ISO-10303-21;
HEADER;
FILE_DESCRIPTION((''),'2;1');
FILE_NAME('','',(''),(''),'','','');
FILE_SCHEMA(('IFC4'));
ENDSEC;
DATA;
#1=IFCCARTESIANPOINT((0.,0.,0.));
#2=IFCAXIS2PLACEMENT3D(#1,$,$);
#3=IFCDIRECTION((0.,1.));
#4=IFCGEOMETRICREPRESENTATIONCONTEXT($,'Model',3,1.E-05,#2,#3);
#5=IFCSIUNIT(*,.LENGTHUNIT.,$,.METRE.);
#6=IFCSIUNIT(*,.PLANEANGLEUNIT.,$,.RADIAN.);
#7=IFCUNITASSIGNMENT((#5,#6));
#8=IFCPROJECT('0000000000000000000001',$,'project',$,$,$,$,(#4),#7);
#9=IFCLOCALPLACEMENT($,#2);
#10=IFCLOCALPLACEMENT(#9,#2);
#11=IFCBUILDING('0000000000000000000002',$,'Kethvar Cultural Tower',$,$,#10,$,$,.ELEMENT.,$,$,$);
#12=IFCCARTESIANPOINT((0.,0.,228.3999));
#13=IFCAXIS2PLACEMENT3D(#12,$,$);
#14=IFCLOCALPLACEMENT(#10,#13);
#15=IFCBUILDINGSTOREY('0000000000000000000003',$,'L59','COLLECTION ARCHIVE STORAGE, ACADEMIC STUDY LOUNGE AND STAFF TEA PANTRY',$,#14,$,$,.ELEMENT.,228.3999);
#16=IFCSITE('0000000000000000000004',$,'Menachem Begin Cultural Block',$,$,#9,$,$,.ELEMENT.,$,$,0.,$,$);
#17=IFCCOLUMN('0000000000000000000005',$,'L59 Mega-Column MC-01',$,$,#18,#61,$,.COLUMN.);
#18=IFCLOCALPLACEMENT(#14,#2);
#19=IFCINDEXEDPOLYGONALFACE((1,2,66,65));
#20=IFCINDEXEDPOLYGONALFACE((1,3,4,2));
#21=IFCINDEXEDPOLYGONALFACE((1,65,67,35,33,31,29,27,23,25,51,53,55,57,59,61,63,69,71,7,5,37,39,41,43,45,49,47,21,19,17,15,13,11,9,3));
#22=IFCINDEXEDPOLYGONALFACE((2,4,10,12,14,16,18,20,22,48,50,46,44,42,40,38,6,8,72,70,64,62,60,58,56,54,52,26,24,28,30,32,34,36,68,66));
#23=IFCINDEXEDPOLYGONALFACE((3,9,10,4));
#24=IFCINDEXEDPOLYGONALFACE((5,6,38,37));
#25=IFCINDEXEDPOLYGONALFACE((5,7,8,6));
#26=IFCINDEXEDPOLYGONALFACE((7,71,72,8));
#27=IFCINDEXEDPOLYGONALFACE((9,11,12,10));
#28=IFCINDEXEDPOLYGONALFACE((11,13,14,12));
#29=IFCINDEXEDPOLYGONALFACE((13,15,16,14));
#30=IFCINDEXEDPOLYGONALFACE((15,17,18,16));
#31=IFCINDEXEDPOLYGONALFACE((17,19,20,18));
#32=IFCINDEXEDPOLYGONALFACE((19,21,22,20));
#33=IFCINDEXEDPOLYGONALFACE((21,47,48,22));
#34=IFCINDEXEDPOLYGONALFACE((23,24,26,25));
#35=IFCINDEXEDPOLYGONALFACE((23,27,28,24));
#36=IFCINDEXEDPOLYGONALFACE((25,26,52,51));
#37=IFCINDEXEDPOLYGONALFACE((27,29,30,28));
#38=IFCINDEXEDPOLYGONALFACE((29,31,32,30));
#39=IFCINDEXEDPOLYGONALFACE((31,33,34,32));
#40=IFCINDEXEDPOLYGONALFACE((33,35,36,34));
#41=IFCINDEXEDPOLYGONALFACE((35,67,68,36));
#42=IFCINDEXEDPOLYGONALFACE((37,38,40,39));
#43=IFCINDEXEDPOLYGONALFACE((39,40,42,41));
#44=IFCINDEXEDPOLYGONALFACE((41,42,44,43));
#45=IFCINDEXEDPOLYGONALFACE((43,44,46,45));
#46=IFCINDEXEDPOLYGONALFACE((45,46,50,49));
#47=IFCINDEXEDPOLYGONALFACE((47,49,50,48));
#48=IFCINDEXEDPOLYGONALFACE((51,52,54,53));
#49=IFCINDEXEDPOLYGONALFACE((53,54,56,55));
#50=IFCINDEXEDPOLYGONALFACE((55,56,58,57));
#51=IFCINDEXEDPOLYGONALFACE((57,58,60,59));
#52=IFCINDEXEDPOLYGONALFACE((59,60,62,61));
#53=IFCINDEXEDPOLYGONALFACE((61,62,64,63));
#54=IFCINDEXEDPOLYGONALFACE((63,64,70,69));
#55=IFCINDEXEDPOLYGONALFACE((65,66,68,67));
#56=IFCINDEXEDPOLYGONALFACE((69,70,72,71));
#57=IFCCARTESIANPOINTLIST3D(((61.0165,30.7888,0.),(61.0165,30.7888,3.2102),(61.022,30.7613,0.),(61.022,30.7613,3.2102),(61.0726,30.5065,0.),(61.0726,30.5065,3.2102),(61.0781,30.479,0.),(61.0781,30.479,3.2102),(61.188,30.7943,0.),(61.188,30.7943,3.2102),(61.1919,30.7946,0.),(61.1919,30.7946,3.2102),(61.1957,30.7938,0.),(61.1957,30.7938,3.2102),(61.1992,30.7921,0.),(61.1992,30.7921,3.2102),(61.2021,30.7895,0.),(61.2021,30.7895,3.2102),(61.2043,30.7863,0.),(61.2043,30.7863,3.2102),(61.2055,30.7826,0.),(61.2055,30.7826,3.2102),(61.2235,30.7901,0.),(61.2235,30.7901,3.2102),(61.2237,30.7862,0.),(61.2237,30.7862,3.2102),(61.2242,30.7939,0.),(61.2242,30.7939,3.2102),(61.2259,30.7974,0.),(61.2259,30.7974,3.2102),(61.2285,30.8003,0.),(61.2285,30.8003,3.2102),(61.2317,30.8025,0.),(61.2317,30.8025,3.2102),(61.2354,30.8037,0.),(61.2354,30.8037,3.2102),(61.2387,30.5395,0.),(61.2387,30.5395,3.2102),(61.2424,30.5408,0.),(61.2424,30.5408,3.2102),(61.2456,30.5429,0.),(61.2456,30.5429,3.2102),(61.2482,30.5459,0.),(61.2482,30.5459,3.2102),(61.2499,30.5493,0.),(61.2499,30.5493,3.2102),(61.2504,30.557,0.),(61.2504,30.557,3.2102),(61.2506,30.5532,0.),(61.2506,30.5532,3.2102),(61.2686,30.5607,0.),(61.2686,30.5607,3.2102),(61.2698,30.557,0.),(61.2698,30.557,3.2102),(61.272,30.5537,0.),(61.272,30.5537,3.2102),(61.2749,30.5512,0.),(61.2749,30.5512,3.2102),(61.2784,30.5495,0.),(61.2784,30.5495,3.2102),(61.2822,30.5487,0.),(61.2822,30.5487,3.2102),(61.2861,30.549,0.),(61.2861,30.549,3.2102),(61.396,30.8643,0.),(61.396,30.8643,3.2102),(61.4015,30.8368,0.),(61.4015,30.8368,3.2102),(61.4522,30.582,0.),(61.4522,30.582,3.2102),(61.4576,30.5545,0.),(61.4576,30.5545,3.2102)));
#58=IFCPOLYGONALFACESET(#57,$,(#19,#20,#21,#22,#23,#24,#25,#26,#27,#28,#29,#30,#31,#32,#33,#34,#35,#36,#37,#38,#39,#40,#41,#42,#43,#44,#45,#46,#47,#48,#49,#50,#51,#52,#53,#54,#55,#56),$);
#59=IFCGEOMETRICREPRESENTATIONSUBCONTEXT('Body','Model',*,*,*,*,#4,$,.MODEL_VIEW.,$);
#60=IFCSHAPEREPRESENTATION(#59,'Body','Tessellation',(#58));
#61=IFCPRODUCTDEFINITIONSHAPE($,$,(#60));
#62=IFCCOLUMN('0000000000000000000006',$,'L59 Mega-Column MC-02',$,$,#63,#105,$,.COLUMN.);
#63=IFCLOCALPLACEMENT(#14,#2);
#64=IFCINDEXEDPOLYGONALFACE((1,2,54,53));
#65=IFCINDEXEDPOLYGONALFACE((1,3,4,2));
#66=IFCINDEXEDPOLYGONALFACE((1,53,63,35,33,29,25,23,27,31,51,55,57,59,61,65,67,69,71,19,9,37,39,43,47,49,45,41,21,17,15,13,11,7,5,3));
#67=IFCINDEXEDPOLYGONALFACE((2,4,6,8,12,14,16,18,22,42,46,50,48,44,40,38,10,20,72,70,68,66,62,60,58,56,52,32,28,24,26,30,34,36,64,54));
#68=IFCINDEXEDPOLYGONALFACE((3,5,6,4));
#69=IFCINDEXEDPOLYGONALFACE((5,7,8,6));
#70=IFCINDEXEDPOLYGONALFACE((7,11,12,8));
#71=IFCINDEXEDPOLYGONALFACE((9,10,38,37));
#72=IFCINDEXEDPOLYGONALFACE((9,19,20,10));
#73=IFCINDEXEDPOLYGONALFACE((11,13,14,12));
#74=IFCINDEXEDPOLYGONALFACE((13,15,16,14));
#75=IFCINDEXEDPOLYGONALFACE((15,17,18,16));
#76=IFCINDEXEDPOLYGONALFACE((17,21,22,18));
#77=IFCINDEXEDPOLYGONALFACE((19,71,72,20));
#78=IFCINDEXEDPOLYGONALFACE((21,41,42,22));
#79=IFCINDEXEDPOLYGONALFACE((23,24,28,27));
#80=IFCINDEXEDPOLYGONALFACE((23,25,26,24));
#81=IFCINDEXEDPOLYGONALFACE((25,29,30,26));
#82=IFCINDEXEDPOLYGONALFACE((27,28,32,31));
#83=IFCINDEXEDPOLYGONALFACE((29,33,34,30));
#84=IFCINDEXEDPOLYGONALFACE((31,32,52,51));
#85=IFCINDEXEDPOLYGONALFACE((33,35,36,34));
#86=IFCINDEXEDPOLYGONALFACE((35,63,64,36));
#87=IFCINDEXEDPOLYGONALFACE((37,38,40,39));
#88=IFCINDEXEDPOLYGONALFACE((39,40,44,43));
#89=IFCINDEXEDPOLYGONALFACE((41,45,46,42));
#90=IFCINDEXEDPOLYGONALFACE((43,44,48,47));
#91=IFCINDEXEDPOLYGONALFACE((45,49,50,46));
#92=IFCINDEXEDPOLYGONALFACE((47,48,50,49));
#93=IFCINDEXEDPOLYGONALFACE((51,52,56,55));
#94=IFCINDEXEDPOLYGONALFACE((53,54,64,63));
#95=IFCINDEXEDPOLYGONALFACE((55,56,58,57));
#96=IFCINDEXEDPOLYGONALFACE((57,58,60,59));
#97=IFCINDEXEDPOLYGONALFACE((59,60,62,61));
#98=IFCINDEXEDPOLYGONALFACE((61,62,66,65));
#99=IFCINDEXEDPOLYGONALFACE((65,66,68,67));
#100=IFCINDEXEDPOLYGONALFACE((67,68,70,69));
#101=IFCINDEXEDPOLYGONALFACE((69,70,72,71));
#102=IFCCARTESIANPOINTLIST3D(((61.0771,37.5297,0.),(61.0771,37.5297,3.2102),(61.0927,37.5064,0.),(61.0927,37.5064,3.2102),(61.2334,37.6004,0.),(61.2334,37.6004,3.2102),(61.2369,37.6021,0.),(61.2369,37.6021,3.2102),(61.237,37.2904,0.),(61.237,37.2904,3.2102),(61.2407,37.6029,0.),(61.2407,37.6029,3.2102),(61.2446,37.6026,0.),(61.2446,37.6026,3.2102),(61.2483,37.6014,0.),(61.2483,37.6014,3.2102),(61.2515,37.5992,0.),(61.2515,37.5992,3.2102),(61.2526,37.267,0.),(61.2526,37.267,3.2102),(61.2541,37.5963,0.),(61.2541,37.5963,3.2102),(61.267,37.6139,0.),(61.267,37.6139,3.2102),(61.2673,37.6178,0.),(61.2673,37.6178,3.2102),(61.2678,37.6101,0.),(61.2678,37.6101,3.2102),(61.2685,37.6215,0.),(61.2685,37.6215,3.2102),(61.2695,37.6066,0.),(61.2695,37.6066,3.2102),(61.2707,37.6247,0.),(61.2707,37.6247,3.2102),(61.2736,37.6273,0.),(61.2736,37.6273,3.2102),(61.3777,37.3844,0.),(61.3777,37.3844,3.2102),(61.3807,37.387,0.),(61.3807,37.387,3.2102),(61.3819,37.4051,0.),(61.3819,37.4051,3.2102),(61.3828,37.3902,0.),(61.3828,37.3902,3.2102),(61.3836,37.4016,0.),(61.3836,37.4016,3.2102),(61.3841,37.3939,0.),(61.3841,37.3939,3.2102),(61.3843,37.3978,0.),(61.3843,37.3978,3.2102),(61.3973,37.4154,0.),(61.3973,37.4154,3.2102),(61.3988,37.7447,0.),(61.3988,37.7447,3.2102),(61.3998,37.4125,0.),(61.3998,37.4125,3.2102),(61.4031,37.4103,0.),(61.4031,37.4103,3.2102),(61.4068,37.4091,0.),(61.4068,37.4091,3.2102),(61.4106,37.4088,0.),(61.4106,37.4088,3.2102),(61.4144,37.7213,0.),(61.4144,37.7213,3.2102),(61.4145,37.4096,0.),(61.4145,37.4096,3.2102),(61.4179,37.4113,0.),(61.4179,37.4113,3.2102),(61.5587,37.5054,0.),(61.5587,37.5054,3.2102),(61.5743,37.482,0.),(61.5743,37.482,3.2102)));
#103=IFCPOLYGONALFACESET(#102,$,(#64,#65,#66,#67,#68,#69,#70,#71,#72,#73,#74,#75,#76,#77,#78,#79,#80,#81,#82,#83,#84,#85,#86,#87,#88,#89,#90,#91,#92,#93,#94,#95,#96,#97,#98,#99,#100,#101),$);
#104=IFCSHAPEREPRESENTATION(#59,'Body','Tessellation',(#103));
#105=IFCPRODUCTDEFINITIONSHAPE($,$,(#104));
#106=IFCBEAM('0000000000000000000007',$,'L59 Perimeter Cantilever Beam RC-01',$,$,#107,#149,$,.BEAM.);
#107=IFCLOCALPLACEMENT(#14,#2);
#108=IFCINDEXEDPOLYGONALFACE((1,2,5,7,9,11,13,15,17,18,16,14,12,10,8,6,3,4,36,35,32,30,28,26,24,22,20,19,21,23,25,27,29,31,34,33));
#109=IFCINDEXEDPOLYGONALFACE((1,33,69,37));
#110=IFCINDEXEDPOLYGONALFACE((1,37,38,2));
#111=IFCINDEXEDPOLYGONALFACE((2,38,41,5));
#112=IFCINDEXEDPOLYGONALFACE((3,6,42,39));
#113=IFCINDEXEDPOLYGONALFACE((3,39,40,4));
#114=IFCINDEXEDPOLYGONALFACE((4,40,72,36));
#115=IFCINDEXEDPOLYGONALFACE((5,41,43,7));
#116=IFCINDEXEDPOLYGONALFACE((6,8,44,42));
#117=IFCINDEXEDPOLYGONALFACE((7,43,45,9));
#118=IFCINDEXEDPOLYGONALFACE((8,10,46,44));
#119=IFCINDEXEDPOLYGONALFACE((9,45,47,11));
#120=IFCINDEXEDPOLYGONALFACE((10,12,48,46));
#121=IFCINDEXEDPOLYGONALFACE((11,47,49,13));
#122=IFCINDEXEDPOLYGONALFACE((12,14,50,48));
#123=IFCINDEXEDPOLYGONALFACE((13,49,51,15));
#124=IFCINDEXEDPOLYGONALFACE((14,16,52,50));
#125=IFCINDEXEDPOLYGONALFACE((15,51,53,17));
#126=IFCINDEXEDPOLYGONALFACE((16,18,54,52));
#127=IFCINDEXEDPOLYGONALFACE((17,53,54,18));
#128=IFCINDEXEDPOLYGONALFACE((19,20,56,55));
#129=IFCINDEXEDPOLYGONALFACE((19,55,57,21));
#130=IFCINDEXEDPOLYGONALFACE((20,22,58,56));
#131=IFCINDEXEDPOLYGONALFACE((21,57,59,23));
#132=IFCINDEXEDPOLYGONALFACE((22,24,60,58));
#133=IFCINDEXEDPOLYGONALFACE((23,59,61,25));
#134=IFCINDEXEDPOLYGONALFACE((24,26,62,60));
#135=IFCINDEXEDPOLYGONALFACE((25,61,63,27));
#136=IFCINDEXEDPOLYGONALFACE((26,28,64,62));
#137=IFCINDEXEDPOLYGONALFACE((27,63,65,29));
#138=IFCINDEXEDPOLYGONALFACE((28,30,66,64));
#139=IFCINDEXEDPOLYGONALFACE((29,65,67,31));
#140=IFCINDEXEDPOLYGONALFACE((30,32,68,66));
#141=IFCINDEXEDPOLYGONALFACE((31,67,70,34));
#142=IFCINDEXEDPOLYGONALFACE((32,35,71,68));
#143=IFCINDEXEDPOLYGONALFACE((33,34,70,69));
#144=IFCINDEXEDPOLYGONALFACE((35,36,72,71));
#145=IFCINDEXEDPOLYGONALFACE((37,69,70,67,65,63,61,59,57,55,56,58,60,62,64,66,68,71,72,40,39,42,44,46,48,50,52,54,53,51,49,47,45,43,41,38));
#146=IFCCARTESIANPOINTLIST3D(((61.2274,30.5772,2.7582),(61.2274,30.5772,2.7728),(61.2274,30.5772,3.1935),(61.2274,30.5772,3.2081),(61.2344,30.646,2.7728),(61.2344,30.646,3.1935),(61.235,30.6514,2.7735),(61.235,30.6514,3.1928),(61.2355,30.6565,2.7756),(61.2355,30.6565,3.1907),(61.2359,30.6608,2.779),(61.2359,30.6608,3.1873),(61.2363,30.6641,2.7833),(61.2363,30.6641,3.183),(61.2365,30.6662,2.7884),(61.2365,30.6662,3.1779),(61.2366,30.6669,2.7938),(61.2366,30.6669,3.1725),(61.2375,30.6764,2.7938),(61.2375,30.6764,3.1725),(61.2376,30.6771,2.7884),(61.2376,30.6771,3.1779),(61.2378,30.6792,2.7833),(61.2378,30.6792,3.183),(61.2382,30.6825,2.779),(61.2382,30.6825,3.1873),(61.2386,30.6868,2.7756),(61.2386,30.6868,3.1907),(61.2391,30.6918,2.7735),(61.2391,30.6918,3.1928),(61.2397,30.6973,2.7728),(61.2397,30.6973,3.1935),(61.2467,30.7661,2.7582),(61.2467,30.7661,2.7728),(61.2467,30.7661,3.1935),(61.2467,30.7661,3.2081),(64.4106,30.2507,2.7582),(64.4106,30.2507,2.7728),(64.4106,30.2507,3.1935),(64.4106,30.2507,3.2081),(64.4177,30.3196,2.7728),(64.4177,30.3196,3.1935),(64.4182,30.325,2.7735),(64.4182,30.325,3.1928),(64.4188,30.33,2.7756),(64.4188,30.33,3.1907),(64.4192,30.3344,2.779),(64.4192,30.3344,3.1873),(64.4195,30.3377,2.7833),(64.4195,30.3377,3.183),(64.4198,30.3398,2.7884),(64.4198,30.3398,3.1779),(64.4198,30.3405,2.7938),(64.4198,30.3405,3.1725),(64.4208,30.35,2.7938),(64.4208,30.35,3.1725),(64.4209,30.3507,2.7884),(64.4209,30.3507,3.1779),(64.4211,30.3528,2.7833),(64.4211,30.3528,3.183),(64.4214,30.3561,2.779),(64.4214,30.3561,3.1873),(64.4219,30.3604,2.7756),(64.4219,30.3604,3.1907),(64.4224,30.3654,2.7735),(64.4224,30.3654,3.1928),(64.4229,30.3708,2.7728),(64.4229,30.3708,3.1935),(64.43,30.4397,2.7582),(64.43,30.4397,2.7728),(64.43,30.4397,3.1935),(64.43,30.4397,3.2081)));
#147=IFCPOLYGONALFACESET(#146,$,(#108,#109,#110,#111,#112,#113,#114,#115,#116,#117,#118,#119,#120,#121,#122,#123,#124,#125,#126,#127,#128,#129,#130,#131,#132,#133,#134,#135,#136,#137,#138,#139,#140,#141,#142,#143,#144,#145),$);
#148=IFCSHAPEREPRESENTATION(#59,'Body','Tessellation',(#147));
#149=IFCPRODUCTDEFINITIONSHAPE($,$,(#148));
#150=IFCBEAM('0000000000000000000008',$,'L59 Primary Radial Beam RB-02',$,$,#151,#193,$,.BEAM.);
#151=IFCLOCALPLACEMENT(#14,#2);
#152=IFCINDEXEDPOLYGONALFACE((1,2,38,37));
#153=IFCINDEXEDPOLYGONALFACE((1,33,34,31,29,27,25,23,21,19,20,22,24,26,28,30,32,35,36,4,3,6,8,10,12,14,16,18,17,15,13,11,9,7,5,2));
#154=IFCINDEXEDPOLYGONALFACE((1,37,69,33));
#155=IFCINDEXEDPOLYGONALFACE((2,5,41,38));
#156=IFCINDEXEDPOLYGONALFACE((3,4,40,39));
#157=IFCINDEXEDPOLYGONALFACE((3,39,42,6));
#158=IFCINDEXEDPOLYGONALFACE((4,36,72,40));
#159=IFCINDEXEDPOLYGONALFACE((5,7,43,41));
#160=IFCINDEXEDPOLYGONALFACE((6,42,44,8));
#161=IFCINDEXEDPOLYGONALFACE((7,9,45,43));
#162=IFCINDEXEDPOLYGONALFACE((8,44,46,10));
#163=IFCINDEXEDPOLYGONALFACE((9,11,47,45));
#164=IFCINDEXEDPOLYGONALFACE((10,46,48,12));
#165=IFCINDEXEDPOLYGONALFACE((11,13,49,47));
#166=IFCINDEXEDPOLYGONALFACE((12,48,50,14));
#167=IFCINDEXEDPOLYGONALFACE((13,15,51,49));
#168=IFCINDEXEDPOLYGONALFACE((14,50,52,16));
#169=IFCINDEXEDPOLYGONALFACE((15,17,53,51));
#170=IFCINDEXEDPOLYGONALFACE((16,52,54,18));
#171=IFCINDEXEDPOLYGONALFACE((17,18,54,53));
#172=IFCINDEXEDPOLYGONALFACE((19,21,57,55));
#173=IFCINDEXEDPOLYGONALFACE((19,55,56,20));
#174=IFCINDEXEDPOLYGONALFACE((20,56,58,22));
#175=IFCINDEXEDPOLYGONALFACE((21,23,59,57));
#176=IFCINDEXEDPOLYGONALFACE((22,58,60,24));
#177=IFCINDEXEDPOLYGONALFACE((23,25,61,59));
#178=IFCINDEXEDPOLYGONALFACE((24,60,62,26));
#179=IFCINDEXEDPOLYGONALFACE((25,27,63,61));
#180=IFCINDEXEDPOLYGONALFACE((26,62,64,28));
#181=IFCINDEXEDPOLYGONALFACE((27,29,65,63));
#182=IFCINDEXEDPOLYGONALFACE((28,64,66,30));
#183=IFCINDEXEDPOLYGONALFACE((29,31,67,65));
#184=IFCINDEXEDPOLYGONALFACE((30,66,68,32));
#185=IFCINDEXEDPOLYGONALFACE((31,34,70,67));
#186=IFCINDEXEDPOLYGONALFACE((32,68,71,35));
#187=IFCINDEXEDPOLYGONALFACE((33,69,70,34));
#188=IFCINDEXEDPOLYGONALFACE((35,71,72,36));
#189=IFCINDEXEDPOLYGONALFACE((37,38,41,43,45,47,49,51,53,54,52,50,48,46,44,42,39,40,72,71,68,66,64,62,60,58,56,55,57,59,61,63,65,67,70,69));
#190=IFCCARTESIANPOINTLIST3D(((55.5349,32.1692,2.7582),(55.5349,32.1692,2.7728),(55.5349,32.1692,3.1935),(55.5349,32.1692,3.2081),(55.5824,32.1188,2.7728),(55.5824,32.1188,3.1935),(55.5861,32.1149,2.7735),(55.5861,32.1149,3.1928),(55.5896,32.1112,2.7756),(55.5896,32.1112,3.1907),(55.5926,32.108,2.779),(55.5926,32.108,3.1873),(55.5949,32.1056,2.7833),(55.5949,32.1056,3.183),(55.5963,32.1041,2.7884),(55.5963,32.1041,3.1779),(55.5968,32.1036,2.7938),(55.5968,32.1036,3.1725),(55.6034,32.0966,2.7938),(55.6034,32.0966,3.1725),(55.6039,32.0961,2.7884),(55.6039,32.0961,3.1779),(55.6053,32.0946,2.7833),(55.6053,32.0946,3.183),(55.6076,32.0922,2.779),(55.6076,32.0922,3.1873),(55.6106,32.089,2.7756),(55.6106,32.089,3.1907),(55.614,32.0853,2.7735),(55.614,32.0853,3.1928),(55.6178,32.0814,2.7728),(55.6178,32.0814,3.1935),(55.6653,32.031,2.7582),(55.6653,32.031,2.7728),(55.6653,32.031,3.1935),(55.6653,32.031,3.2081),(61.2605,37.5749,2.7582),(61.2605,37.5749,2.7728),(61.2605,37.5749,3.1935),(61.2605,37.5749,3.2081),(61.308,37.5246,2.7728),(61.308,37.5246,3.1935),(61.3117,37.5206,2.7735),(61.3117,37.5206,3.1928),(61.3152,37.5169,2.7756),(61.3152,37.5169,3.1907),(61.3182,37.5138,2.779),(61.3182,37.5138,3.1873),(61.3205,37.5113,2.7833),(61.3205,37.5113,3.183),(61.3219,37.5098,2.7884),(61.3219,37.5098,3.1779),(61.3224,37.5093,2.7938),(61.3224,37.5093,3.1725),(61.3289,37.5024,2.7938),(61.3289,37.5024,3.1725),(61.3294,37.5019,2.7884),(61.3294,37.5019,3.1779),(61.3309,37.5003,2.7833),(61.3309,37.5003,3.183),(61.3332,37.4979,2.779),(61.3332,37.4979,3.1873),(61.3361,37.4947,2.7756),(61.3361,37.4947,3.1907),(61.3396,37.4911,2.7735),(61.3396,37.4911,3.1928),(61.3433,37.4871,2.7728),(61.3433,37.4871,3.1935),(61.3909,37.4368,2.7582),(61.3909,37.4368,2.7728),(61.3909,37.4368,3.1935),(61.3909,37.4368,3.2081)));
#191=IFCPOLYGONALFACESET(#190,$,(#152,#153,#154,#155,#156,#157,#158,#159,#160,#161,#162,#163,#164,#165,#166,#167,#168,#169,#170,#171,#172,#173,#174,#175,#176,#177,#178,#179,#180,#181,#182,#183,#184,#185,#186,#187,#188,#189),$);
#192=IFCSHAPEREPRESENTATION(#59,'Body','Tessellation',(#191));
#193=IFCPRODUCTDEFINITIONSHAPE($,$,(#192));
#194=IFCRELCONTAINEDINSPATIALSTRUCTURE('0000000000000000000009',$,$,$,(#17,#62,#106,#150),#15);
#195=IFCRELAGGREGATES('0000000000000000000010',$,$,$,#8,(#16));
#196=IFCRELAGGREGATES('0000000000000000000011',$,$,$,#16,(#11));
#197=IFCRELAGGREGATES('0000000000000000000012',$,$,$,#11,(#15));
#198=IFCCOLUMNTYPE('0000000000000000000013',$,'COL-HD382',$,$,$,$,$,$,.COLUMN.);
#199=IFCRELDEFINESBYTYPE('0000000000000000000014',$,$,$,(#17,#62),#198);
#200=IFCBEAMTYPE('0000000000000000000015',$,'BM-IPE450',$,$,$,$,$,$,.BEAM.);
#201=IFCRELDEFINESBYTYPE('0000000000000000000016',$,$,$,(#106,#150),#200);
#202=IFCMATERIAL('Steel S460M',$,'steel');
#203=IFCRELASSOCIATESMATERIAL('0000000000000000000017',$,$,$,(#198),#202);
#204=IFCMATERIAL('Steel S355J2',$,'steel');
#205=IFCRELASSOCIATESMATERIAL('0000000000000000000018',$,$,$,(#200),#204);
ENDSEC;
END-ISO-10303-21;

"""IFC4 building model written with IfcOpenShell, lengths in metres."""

from ifc_helpers import new_model, si_unit, direction, frame, origin, origin_2d, place, context, subcontext, project, spatial, i_section, extrude, source, transform, mapped, material, material_profile, profile_set, type_object, element, save


model = new_model("IFC4")

# Units and contexts
model_context = context("Model", 3, precision=1e-05, world=origin(), true_north=direction((0.0, 1.0)))
body_context = subcontext(model_context, "Body", "Model", "MODEL_VIEW")
ifc_project = project(units=[si_unit("LENGTHUNIT", "METRE"), si_unit("PLANEANGLEUNIT", "RADIAN")], contexts=[model_context])

# Site, building, storey
site_placement = place(None, origin())
site = spatial("IfcSite", under=ifc_project, at=site_placement, Name="Menachem Begin Cultural Block", CompositionType="ELEMENT", RefElevation=0.0)
building_placement = place(site_placement, origin())
building = spatial("IfcBuilding", under=site, at=building_placement, Name="Kethvar Cultural Tower", CompositionType="ELEMENT")
storey_placement = place(building_placement, frame((0.0, 0.0, 228.3999)))
storey = spatial("IfcBuildingStorey", under=building, at=storey_placement, Name="L59", Description="COLLECTION ARCHIVE STORAGE, ACADEMIC STUDY LOUNGE AND STAFF TEA PANTRY", CompositionType="ELEMENT", Elevation=228.3999)

# Columns
ifc_material_1 = material(Name="Steel S460M", Category="steel")
ifc_material_profile_1 = material_profile(ifc_material_1, i_section(OverallWidth=0.387, OverallDepth=0.3159, WebThickness=0.0186, FlangeThickness=0.0281, FilletRadius=0.0149, at=origin_2d()), Name="Steel S460M — HD400x382")
ifc_profile_set_1 = profile_set([ifc_material_profile_1], Name="Steel S460M — HD400x382")
column_type = type_object("IfcColumnType", Name="COL-HD382", PredefinedType="COLUMN", material=ifc_profile_set_1)
shared_shape_1 = source(origin(), body_context, "Body", "SweptSolid", [
    extrude(i_section(OverallWidth=0.387, OverallDepth=0.3159, WebThickness=0.0186, FlangeThickness=0.0281, FilletRadius=0.0149, at=origin_2d()), origin(), (0.0, 0.0, 1.0), 3.2102),
])
for number, where, z_axis, x_axis, name in (
    (1, (61.2371, 30.6716, 0.0), (0.0, 0.0, 1.0), (0.980785, 0.19509, 0.0), "L59 Mega-Column MC-01"),
    (2, (61.3257, 37.5059, 0.0), (0.0, 0.0, 1.0), (0.83147, 0.55557, 0.0), "L59 Mega-Column MC-02"),
):
    element("IfcColumn", number, at=place(storey_placement, frame(where, z_axis=z_axis, x_axis=x_axis)), inside=storey, type_object=column_type, Name=name, PredefinedType="COLUMN", context=body_context, shape_type="MappedRepresentation", body=[
        mapped(shared_shape_1, transform((0.0, 0.0, 0.0), scale=1.0)),
    ])

# Beams
ifc_material_2 = material(Name="Steel S355J2", Category="steel")
ifc_material_profile_2 = material_profile(ifc_material_2, i_section(OverallWidth=0.1899, OverallDepth=0.45, WebThickness=0.0095, FlangeThickness=0.0146, FilletRadius=0.021, at=origin_2d()), Name="Steel S355J2 — IPE450")
ifc_profile_set_2 = profile_set([ifc_material_profile_2], Name="Steel S355J2 — IPE450")
beam_type_1 = type_object("IfcBeamType", Name="BM-IPE450", PredefinedType="BEAM", material=ifc_profile_set_2)
shared_shape_2 = source(origin(), body_context, "Body", "SweptSolid", [
    extrude(i_section(OverallWidth=0.1899, OverallDepth=0.45, WebThickness=0.0095, FlangeThickness=0.0146, FilletRadius=0.021, at=origin_2d()), origin(), (0.0, 0.0, 1.0), 3.2),
])
beam_1_placement = place(storey_placement, frame((61.2371, 30.6716, 2.9832), z_axis=(0.994784, -0.102004, 0.0), x_axis=(0.102004, 0.994784, 0.0)))
element("IfcBeam", 3, at=beam_1_placement, inside=storey, type_object=beam_type_1, Name="L59 Perimeter Cantilever Beam RC-01", PredefinedType="BEAM", context=body_context, shape_type="MappedRepresentation", body=[
    mapped(shared_shape_2, transform((0.0, 0.0, 0.0), scale=1.0)),
])
shared_shape_3 = source(origin(), body_context, "Body", "SweptSolid", [
    extrude(i_section(OverallWidth=0.1899, OverallDepth=0.45, WebThickness=0.0095, FlangeThickness=0.0146, FilletRadius=0.021, at=origin_2d()), origin(), (0.0, 0.0, 1.0), 7.8743),
])
beam_2_placement = place(storey_placement, frame((55.6001, 32.1001, 2.9832), z_axis=(0.727123, 0.686507, 0.0), x_axis=(-0.686507, 0.727123, 0.0)))
element("IfcBeam", 4, at=beam_2_placement, inside=storey, type_object=beam_type_1, Name="L59 Primary Radial Beam RB-02", PredefinedType="BEAM", context=body_context, shape_type="MappedRepresentation", body=[
    mapped(shared_shape_3, transform((0.0, 0.0, 0.0), scale=1.0)),
])

save(model, "model.ifc")
